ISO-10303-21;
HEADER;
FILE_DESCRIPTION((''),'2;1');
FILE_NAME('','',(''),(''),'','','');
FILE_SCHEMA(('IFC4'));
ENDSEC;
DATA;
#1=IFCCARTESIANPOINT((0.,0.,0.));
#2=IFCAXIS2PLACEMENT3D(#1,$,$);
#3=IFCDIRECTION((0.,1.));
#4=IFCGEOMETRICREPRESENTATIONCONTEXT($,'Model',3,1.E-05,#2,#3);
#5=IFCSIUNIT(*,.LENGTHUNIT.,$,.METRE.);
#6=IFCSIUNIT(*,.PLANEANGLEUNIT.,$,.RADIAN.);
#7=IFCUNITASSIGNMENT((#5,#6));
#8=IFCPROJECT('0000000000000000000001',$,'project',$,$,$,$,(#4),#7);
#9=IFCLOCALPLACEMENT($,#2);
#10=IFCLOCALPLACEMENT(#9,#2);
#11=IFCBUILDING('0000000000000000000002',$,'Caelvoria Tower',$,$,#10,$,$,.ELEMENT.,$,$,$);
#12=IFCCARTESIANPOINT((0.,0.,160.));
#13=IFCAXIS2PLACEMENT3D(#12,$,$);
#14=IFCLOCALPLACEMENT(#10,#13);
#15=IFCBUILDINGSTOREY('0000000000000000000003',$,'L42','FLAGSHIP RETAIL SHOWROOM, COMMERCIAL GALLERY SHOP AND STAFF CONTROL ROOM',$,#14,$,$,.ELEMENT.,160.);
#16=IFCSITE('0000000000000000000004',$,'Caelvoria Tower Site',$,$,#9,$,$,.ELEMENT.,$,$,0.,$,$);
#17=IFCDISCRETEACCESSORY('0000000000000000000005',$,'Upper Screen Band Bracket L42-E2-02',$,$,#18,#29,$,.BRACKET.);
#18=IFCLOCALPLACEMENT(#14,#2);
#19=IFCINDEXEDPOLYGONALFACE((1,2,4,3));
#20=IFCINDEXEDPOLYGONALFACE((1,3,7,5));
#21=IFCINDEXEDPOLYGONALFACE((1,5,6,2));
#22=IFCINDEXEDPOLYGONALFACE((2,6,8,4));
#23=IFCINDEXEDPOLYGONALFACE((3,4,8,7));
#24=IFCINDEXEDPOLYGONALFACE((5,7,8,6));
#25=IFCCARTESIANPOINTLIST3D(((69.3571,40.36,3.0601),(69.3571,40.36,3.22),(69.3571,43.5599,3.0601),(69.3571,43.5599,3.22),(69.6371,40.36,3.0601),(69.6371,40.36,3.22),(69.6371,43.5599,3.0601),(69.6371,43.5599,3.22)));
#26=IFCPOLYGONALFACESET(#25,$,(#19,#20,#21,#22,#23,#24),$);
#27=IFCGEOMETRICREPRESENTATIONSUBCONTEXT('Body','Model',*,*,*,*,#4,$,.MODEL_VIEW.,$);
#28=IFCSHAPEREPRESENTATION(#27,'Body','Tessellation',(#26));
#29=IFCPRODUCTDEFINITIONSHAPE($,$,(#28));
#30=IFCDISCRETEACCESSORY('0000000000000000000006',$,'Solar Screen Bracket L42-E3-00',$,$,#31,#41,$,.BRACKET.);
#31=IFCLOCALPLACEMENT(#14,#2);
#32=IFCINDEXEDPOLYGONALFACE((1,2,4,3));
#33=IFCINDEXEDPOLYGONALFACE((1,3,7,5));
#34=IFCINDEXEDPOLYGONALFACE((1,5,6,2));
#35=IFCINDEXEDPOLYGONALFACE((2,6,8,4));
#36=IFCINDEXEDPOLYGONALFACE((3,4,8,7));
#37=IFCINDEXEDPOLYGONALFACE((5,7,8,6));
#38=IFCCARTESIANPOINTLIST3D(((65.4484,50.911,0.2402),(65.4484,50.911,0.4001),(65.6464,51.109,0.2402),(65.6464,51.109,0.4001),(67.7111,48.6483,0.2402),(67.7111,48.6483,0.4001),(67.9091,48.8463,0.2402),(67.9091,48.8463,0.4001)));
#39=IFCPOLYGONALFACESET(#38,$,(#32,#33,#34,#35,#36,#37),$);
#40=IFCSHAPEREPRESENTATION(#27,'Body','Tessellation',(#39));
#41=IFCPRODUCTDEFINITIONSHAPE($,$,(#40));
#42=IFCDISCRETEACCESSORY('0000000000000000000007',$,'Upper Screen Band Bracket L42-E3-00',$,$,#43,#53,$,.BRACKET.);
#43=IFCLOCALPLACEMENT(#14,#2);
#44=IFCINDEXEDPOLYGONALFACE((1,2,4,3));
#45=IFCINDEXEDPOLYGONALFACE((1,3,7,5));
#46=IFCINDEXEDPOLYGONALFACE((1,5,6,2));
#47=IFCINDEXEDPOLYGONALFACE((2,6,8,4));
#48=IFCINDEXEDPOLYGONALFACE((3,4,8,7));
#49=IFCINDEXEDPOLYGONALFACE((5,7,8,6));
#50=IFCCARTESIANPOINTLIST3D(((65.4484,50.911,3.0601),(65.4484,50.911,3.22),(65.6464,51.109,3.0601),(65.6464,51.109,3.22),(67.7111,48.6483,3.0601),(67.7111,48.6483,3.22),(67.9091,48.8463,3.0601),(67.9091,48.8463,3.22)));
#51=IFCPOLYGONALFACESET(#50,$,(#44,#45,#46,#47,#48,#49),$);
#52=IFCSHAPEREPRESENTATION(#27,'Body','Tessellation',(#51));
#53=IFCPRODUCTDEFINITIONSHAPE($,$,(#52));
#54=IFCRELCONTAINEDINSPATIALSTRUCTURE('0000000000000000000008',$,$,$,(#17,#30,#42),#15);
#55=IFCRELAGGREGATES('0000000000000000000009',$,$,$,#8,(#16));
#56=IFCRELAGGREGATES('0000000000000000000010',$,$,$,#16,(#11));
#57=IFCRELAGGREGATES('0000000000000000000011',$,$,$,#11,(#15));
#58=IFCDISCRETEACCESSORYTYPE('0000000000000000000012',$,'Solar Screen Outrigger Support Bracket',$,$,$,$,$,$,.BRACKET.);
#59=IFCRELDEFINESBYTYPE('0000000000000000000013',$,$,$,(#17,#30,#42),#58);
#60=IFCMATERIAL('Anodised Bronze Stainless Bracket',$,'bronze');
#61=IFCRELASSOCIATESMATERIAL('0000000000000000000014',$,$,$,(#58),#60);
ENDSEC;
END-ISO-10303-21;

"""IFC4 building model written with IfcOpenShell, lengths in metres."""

from ifc_helpers import new_model, si_unit, direction, frame, origin, origin_2d, place, context, subcontext, project, spatial, rectangle, extrude, material, type_object, element, save


model = new_model("IFC4")

# Units and contexts
model_context = context("Model", 3, precision=1e-05, world=origin(), true_north=direction((0.0, 1.0)))
body_context = subcontext(model_context, "Body", "Model", "MODEL_VIEW")
ifc_project = project(units=[si_unit("LENGTHUNIT", "METRE"), si_unit("PLANEANGLEUNIT", "RADIAN")], contexts=[model_context])

# Site, building, storey
site_placement = place(None, origin())
site = spatial("IfcSite", under=ifc_project, at=site_placement, Name="Caelvoria Tower Site", CompositionType="ELEMENT", RefElevation=0.0)
building_placement = place(site_placement, origin())
building = spatial("IfcBuilding", under=site, at=building_placement, Name="Caelvoria Tower", CompositionType="ELEMENT")
storey_placement = place(building_placement, frame((0.0, 0.0, 160.0)))
storey = spatial("IfcBuildingStorey", under=building, at=storey_placement, Name="L42", Description="FLAGSHIP RETAIL SHOWROOM, COMMERCIAL GALLERY SHOP AND STAFF CONTROL ROOM", CompositionType="ELEMENT", Elevation=160.0)

# Discrete accessories
ifc_material_1 = material(Name="Anodised Bronze Stainless Bracket", Category="bronze")
discrete_accessory_type = type_object("IfcDiscreteAccessoryType", Name="Solar Screen Outrigger Support Bracket", PredefinedType="BRACKET", material=ifc_material_1)
for number, where, z_axis, x_axis, name in (
    (1, (69.4971, 41.96, 3.0601), (0.0, 0.0, 1.0), (0.0, 1.0, 0.0), "Upper Screen Band Bracket L42-E2-02"),
    (2, (66.6787, 49.8787, 0.2402), (0.0, 0.0, 1.0), (-0.707107, 0.707107, 0.0), "Solar Screen Bracket L42-E3-00"),
    (3, (66.6787, 49.8787, 3.0601), (0.0, 0.0, 1.0), (-0.707107, 0.707107, 0.0), "Upper Screen Band Bracket L42-E3-00"),
):
    element("IfcDiscreteAccessory", number, at=place(storey_placement, frame(where, z_axis=z_axis, x_axis=x_axis)), inside=storey, type_object=discrete_accessory_type, Name=name, PredefinedType="BRACKET", context=body_context, shape_type="SweptSolid", body=[
        extrude(rectangle(XDim=3.2, YDim=0.28, at=origin_2d()), origin(), (0.0, 0.0, 1.0), 0.1599),
    ])

save(model, "model.ifc")
